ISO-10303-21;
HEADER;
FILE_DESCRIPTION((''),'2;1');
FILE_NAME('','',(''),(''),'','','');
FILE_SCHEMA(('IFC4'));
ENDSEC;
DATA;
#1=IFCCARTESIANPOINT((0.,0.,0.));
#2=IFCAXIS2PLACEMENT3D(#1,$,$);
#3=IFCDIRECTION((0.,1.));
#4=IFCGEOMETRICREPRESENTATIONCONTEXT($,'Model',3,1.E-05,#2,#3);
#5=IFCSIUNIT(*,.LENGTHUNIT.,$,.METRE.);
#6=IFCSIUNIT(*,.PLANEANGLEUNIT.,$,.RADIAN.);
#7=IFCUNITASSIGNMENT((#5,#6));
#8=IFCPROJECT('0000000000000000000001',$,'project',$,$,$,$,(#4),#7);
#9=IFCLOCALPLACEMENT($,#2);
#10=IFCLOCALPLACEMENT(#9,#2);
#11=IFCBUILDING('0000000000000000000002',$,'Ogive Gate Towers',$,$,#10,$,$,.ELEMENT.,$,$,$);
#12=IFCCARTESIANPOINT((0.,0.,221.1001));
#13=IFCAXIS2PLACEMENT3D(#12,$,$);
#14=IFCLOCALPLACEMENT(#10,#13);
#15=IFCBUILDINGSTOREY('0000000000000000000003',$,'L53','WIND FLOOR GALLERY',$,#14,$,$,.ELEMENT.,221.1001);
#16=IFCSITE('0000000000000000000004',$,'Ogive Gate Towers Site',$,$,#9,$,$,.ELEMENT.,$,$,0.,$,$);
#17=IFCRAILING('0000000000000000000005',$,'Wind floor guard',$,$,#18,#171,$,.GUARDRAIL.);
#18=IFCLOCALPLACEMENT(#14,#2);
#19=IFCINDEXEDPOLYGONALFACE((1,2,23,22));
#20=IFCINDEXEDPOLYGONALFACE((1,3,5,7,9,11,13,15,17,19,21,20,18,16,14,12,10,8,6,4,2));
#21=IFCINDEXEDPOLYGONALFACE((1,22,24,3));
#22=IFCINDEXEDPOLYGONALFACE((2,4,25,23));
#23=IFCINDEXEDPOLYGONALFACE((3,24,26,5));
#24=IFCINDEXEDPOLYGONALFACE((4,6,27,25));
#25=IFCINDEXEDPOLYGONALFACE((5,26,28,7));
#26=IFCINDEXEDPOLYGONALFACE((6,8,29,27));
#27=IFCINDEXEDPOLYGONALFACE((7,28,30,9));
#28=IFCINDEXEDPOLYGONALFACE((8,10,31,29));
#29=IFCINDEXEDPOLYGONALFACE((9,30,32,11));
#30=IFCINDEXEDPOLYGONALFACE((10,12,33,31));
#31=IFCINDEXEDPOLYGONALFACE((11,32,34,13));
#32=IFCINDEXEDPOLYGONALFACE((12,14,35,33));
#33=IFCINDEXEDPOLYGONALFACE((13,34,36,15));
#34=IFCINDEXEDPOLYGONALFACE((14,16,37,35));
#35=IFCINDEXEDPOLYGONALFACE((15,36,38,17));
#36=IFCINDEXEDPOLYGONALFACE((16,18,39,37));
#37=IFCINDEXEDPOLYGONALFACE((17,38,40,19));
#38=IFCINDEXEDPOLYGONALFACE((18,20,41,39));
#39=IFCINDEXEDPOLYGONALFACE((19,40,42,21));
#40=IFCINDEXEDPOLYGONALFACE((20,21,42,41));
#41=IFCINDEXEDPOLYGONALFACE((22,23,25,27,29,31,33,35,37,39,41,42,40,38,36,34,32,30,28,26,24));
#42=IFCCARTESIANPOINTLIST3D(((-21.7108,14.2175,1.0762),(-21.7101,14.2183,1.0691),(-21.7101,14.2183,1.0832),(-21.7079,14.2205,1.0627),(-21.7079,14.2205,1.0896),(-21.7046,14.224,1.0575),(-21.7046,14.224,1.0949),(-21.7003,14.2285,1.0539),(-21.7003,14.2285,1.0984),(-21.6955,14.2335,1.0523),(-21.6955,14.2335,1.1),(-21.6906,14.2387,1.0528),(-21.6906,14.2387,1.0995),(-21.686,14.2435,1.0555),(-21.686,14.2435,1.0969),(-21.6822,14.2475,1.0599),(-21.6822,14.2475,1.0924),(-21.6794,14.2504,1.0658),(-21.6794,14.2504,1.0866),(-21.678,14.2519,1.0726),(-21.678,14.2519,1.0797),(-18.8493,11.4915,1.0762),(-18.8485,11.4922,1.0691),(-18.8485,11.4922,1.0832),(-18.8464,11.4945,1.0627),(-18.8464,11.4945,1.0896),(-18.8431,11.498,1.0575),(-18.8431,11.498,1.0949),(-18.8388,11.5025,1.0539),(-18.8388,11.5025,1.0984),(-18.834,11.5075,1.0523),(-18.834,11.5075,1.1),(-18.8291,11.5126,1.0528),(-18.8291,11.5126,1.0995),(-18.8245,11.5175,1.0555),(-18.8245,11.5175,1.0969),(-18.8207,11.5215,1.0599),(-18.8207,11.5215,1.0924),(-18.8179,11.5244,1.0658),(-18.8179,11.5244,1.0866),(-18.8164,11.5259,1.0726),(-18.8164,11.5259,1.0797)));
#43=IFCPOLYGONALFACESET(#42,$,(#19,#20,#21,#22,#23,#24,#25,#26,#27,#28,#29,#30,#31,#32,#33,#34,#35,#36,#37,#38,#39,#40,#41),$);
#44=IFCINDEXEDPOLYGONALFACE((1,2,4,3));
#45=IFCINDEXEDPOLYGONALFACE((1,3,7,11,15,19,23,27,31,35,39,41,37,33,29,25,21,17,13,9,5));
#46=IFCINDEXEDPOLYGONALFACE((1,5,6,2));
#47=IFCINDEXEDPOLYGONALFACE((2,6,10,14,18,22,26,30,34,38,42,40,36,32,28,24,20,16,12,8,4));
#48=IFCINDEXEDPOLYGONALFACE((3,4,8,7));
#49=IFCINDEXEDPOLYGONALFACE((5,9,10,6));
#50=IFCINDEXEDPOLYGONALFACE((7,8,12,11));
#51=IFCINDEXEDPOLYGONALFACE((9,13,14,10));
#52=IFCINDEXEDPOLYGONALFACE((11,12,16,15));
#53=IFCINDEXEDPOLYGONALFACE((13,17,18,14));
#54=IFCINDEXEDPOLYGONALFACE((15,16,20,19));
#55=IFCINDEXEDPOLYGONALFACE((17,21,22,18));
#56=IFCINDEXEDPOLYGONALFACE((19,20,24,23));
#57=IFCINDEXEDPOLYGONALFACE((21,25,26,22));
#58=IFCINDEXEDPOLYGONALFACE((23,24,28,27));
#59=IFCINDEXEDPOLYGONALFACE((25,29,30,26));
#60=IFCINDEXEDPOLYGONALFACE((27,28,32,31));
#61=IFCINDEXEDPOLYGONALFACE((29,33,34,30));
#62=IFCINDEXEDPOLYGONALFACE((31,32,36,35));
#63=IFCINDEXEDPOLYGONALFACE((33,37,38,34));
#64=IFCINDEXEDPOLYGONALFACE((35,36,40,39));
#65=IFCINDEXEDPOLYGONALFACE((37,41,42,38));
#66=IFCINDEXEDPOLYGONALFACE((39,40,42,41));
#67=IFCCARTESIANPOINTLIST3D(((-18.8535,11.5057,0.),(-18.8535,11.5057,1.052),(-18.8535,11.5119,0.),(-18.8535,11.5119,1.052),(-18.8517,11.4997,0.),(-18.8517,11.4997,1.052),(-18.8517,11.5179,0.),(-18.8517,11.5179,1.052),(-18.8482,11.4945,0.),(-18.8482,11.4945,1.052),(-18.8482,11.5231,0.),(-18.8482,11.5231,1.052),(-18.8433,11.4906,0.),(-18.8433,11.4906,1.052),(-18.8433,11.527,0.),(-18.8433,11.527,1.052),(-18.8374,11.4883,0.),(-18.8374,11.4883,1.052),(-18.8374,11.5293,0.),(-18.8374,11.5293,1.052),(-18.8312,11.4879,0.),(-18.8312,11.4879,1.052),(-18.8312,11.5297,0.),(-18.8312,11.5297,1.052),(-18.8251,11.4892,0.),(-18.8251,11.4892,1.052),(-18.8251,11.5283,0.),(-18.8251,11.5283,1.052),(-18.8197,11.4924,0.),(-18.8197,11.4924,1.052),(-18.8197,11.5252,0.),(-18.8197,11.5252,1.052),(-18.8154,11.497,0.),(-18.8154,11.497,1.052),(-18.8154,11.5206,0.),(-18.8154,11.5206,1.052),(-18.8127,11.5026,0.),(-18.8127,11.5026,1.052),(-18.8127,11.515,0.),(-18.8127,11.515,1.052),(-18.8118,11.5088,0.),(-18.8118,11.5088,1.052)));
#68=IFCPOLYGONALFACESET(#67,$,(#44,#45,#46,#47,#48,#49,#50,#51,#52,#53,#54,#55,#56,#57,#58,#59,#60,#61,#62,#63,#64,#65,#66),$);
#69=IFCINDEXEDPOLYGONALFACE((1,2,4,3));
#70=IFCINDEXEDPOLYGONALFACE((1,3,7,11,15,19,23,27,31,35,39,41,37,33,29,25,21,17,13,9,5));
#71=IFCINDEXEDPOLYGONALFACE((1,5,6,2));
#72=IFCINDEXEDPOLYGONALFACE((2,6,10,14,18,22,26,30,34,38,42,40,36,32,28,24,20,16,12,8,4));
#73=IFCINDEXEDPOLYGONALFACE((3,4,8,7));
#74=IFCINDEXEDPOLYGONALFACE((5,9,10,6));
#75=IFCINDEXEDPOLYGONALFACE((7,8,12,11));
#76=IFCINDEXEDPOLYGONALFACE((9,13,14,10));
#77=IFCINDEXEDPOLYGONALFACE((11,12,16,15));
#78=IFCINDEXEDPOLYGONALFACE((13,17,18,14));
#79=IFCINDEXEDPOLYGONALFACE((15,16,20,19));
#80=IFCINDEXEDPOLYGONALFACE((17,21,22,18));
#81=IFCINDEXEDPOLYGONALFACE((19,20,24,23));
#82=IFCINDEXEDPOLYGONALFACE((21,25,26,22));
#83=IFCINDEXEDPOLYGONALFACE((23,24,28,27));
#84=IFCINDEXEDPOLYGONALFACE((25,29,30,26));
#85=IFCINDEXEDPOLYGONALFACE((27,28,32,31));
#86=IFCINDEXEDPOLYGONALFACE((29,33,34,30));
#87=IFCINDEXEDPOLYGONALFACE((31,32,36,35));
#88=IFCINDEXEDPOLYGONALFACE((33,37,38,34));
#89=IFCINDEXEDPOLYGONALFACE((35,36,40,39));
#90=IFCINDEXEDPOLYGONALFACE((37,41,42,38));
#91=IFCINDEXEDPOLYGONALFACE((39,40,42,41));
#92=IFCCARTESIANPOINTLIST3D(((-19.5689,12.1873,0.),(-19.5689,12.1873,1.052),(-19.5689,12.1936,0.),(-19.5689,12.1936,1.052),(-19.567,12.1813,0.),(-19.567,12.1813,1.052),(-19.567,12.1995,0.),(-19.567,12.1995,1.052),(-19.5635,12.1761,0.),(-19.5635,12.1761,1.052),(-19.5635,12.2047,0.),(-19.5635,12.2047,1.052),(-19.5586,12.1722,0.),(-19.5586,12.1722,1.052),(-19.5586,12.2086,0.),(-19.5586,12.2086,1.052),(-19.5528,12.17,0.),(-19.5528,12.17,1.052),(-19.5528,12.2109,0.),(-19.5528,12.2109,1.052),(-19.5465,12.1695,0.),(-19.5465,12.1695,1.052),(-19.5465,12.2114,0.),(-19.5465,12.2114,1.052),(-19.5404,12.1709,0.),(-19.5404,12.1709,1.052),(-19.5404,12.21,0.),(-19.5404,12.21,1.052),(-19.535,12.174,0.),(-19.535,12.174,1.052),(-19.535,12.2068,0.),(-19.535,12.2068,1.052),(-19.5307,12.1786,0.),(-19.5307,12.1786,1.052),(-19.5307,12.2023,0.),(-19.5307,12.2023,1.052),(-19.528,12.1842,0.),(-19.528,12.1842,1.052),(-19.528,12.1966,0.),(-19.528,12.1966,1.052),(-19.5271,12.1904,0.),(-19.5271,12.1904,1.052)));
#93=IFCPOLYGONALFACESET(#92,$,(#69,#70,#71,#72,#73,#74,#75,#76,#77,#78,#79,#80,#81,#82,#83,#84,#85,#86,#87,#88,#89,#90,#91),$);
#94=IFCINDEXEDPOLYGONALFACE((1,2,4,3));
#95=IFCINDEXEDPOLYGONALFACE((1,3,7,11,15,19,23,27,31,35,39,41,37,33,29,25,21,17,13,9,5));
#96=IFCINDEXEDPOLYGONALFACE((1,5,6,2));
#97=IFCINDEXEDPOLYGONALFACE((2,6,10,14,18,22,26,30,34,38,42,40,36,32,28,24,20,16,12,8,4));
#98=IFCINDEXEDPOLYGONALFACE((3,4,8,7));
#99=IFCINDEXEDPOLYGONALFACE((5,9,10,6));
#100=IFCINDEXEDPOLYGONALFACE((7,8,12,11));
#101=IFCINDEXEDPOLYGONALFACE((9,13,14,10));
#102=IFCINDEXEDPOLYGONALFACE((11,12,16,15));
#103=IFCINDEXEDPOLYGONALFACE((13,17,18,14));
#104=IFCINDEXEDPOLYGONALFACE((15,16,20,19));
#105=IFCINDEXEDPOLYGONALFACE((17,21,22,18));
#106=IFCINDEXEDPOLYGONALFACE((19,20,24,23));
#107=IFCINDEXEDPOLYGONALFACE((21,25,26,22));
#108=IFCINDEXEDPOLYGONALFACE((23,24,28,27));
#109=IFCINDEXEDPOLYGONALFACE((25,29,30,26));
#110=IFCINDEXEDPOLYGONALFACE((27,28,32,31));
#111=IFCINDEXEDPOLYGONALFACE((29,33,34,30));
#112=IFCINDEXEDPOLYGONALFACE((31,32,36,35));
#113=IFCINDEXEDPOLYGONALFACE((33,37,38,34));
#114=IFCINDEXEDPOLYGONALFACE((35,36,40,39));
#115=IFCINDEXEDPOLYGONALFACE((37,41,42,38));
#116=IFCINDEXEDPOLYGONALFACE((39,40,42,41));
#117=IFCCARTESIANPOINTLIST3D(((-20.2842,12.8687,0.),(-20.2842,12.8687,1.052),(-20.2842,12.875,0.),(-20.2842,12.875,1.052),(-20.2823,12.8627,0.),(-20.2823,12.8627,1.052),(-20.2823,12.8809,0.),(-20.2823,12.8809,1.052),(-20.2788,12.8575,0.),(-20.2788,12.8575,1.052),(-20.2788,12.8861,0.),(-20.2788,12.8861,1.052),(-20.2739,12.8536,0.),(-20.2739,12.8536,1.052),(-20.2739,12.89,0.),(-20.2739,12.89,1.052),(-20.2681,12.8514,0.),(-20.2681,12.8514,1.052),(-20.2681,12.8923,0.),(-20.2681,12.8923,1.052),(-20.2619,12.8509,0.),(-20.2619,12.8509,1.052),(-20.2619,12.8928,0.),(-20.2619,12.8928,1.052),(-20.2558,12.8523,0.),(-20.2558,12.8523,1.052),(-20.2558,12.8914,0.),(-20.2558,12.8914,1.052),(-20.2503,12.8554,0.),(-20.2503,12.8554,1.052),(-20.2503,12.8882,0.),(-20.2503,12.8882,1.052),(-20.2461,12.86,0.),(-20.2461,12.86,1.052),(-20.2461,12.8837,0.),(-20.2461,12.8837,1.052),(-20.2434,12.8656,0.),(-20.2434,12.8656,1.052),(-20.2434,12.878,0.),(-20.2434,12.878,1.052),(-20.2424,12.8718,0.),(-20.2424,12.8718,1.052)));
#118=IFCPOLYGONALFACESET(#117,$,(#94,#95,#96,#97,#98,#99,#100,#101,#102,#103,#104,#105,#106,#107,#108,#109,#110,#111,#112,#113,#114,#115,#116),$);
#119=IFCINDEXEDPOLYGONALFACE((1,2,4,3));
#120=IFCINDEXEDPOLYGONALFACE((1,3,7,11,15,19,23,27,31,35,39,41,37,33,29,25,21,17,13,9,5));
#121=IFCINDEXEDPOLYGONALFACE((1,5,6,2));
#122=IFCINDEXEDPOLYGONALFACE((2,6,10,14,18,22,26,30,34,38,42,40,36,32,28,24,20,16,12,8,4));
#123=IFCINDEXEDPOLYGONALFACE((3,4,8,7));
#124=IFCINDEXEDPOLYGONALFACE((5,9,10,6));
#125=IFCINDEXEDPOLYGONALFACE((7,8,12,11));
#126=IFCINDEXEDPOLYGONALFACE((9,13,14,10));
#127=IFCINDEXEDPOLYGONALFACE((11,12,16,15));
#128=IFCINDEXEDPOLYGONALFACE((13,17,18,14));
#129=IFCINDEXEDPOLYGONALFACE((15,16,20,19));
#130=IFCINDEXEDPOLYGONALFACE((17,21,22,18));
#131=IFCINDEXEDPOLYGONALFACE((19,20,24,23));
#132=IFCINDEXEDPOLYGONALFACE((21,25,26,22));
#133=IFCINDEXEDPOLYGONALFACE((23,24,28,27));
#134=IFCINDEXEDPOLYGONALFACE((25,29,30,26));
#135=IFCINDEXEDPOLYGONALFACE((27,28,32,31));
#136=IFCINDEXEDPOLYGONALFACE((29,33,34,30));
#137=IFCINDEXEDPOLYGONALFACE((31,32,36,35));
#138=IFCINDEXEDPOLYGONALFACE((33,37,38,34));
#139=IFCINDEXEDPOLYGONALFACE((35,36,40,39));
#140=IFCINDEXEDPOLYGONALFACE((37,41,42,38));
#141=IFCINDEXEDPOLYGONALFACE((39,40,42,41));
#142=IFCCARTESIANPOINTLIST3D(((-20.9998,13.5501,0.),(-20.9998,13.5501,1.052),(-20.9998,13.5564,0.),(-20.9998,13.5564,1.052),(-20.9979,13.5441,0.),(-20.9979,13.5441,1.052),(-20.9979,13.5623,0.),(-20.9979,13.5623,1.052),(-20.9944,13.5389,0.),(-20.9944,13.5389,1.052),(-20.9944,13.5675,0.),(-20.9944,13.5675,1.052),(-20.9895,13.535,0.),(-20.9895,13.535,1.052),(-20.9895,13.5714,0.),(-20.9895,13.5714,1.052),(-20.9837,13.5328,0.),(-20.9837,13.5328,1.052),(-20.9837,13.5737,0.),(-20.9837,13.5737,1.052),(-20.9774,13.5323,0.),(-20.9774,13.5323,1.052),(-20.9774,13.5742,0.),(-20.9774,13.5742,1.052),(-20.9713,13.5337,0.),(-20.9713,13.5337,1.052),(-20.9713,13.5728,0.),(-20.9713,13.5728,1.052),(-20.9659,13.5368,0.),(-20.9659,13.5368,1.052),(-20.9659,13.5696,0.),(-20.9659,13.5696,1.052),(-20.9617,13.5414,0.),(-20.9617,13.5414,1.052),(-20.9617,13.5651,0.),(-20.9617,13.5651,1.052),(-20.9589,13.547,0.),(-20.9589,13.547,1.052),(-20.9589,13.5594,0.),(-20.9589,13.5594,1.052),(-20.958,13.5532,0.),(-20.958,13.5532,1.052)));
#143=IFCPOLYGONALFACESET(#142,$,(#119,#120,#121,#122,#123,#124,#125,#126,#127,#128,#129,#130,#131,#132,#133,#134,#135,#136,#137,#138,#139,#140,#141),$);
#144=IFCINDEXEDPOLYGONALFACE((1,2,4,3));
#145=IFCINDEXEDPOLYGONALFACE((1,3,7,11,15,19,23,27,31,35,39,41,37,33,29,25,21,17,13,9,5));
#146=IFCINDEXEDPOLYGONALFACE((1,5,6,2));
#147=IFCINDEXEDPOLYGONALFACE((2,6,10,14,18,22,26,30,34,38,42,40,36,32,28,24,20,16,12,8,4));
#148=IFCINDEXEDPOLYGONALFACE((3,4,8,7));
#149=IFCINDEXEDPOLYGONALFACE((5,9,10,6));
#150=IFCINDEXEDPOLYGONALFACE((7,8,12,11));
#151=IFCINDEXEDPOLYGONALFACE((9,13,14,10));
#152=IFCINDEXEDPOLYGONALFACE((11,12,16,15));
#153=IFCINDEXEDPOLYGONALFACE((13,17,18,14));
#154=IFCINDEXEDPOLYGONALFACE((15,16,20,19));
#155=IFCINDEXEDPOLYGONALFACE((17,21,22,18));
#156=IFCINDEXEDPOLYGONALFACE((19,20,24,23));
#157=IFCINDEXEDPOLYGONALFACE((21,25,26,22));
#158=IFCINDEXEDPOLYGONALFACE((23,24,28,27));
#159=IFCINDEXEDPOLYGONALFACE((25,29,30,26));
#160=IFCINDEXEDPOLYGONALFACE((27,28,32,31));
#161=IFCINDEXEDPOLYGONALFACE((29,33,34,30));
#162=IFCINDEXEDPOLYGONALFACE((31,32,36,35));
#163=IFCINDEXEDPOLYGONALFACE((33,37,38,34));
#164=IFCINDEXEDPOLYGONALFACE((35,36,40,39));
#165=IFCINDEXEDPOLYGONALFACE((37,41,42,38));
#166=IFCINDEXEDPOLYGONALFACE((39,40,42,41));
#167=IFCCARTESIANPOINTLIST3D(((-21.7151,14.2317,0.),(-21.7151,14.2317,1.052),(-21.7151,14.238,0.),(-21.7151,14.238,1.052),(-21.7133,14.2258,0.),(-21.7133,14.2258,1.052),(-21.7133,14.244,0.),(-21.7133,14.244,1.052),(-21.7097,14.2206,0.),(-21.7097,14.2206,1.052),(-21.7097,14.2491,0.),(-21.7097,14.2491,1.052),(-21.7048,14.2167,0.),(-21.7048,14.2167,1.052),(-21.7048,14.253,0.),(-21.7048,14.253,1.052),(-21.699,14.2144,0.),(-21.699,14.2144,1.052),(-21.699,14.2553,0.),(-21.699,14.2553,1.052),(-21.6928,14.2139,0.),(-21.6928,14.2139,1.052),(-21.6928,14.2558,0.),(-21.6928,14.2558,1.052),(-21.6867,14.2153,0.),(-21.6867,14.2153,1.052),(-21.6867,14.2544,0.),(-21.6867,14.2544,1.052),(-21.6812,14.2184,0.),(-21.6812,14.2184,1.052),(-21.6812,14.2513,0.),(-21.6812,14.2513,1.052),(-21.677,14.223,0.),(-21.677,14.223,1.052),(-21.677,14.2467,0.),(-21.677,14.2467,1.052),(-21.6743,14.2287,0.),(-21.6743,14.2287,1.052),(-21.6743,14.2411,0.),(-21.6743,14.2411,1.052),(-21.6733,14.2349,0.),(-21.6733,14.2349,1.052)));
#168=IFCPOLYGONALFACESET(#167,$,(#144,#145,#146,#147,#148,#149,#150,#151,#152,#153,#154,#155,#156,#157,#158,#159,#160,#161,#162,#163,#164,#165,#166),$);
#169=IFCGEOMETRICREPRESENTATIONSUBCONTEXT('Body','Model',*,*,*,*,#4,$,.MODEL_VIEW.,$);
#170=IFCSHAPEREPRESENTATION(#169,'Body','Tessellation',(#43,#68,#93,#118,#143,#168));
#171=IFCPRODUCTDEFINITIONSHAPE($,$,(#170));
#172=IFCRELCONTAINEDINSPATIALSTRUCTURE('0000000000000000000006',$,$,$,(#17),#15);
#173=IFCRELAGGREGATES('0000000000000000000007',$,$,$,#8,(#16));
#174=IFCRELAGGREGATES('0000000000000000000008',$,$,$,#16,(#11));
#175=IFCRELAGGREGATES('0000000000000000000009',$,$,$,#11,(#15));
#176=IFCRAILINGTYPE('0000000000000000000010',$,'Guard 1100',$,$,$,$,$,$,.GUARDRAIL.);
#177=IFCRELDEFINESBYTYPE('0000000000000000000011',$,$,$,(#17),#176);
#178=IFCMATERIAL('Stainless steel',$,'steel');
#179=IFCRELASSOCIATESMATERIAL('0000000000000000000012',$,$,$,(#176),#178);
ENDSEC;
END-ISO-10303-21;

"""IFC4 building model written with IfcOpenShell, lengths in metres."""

from ifc_helpers import new_model, si_unit, direction, frame, origin, origin_2d, place, context, subcontext, project, spatial, circle, extrude, material, type_object, element, save


model = new_model("IFC4")

# Units and contexts
model_context = context("Model", 3, precision=1e-05, world=origin(), true_north=direction((0.0, 1.0)))
body_context = subcontext(model_context, "Body", "Model", "MODEL_VIEW")
ifc_project = project(units=[si_unit("LENGTHUNIT", "METRE"), si_unit("PLANEANGLEUNIT", "RADIAN")], contexts=[model_context])

# Site, building, storey
site_placement = place(None, origin())
site = spatial("IfcSite", under=ifc_project, at=site_placement, Name="Ogive Gate Towers Site", CompositionType="ELEMENT", RefElevation=0.0)
building_placement = place(site_placement, origin())
building = spatial("IfcBuilding", under=site, at=building_placement, Name="Ogive Gate Towers", CompositionType="ELEMENT")
storey_placement = place(building_placement, frame((0.0, 0.0, 221.1001)))
storey = spatial("IfcBuildingStorey", under=building, at=storey_placement, Name="L53", Description="WIND FLOOR GALLERY", CompositionType="ELEMENT", Elevation=221.1001)

# Railing
ifc_material_1 = material(Name="Stainless steel", Category="steel")
railing_type = type_object("IfcRailingType", Name="Guard 1100", PredefinedType="GUARDRAIL", material=ifc_material_1)
railing_1_placement = place(storey_placement, frame((-18.8328, 11.5088, 0.0)))
element("IfcRailing", 1, at=railing_1_placement, inside=storey, type_object=railing_type, Name="Wind floor guard", PredefinedType="GUARDRAIL", context=body_context, shape_type="SweptSolid", body=[
    extrude(circle(Radius=0.0239, at=origin_2d()), frame((0.0, 0.0, 1.0762), z_axis=(-0.724041, 0.689757, 0.0), x_axis=(-0.689757, -0.724041, 0.0)), (0.0, 0.0, 1.0), 3.9521),
    extrude(circle(Radius=0.021, at=origin_2d()), origin(), (0.0, 0.0, 1.0), 1.052),
    extrude(circle(Radius=0.021, at=origin_2d()), frame((-0.7153, 0.6816, 0.0)), (0.0, 0.0, 1.0), 1.052),
    extrude(circle(Radius=0.021, at=origin_2d()), frame((-1.4307, 1.363, 0.0)), (0.0, 0.0, 1.0), 1.052),
    extrude(circle(Radius=0.021, at=origin_2d()), frame((-2.1462, 2.0444, 0.0)), (0.0, 0.0, 1.0), 1.052),
    extrude(circle(Radius=0.021, at=origin_2d()), frame((-2.8616, 2.7261, 0.0)), (0.0, 0.0, 1.0), 1.052),
])

save(model, "model.ifc")
